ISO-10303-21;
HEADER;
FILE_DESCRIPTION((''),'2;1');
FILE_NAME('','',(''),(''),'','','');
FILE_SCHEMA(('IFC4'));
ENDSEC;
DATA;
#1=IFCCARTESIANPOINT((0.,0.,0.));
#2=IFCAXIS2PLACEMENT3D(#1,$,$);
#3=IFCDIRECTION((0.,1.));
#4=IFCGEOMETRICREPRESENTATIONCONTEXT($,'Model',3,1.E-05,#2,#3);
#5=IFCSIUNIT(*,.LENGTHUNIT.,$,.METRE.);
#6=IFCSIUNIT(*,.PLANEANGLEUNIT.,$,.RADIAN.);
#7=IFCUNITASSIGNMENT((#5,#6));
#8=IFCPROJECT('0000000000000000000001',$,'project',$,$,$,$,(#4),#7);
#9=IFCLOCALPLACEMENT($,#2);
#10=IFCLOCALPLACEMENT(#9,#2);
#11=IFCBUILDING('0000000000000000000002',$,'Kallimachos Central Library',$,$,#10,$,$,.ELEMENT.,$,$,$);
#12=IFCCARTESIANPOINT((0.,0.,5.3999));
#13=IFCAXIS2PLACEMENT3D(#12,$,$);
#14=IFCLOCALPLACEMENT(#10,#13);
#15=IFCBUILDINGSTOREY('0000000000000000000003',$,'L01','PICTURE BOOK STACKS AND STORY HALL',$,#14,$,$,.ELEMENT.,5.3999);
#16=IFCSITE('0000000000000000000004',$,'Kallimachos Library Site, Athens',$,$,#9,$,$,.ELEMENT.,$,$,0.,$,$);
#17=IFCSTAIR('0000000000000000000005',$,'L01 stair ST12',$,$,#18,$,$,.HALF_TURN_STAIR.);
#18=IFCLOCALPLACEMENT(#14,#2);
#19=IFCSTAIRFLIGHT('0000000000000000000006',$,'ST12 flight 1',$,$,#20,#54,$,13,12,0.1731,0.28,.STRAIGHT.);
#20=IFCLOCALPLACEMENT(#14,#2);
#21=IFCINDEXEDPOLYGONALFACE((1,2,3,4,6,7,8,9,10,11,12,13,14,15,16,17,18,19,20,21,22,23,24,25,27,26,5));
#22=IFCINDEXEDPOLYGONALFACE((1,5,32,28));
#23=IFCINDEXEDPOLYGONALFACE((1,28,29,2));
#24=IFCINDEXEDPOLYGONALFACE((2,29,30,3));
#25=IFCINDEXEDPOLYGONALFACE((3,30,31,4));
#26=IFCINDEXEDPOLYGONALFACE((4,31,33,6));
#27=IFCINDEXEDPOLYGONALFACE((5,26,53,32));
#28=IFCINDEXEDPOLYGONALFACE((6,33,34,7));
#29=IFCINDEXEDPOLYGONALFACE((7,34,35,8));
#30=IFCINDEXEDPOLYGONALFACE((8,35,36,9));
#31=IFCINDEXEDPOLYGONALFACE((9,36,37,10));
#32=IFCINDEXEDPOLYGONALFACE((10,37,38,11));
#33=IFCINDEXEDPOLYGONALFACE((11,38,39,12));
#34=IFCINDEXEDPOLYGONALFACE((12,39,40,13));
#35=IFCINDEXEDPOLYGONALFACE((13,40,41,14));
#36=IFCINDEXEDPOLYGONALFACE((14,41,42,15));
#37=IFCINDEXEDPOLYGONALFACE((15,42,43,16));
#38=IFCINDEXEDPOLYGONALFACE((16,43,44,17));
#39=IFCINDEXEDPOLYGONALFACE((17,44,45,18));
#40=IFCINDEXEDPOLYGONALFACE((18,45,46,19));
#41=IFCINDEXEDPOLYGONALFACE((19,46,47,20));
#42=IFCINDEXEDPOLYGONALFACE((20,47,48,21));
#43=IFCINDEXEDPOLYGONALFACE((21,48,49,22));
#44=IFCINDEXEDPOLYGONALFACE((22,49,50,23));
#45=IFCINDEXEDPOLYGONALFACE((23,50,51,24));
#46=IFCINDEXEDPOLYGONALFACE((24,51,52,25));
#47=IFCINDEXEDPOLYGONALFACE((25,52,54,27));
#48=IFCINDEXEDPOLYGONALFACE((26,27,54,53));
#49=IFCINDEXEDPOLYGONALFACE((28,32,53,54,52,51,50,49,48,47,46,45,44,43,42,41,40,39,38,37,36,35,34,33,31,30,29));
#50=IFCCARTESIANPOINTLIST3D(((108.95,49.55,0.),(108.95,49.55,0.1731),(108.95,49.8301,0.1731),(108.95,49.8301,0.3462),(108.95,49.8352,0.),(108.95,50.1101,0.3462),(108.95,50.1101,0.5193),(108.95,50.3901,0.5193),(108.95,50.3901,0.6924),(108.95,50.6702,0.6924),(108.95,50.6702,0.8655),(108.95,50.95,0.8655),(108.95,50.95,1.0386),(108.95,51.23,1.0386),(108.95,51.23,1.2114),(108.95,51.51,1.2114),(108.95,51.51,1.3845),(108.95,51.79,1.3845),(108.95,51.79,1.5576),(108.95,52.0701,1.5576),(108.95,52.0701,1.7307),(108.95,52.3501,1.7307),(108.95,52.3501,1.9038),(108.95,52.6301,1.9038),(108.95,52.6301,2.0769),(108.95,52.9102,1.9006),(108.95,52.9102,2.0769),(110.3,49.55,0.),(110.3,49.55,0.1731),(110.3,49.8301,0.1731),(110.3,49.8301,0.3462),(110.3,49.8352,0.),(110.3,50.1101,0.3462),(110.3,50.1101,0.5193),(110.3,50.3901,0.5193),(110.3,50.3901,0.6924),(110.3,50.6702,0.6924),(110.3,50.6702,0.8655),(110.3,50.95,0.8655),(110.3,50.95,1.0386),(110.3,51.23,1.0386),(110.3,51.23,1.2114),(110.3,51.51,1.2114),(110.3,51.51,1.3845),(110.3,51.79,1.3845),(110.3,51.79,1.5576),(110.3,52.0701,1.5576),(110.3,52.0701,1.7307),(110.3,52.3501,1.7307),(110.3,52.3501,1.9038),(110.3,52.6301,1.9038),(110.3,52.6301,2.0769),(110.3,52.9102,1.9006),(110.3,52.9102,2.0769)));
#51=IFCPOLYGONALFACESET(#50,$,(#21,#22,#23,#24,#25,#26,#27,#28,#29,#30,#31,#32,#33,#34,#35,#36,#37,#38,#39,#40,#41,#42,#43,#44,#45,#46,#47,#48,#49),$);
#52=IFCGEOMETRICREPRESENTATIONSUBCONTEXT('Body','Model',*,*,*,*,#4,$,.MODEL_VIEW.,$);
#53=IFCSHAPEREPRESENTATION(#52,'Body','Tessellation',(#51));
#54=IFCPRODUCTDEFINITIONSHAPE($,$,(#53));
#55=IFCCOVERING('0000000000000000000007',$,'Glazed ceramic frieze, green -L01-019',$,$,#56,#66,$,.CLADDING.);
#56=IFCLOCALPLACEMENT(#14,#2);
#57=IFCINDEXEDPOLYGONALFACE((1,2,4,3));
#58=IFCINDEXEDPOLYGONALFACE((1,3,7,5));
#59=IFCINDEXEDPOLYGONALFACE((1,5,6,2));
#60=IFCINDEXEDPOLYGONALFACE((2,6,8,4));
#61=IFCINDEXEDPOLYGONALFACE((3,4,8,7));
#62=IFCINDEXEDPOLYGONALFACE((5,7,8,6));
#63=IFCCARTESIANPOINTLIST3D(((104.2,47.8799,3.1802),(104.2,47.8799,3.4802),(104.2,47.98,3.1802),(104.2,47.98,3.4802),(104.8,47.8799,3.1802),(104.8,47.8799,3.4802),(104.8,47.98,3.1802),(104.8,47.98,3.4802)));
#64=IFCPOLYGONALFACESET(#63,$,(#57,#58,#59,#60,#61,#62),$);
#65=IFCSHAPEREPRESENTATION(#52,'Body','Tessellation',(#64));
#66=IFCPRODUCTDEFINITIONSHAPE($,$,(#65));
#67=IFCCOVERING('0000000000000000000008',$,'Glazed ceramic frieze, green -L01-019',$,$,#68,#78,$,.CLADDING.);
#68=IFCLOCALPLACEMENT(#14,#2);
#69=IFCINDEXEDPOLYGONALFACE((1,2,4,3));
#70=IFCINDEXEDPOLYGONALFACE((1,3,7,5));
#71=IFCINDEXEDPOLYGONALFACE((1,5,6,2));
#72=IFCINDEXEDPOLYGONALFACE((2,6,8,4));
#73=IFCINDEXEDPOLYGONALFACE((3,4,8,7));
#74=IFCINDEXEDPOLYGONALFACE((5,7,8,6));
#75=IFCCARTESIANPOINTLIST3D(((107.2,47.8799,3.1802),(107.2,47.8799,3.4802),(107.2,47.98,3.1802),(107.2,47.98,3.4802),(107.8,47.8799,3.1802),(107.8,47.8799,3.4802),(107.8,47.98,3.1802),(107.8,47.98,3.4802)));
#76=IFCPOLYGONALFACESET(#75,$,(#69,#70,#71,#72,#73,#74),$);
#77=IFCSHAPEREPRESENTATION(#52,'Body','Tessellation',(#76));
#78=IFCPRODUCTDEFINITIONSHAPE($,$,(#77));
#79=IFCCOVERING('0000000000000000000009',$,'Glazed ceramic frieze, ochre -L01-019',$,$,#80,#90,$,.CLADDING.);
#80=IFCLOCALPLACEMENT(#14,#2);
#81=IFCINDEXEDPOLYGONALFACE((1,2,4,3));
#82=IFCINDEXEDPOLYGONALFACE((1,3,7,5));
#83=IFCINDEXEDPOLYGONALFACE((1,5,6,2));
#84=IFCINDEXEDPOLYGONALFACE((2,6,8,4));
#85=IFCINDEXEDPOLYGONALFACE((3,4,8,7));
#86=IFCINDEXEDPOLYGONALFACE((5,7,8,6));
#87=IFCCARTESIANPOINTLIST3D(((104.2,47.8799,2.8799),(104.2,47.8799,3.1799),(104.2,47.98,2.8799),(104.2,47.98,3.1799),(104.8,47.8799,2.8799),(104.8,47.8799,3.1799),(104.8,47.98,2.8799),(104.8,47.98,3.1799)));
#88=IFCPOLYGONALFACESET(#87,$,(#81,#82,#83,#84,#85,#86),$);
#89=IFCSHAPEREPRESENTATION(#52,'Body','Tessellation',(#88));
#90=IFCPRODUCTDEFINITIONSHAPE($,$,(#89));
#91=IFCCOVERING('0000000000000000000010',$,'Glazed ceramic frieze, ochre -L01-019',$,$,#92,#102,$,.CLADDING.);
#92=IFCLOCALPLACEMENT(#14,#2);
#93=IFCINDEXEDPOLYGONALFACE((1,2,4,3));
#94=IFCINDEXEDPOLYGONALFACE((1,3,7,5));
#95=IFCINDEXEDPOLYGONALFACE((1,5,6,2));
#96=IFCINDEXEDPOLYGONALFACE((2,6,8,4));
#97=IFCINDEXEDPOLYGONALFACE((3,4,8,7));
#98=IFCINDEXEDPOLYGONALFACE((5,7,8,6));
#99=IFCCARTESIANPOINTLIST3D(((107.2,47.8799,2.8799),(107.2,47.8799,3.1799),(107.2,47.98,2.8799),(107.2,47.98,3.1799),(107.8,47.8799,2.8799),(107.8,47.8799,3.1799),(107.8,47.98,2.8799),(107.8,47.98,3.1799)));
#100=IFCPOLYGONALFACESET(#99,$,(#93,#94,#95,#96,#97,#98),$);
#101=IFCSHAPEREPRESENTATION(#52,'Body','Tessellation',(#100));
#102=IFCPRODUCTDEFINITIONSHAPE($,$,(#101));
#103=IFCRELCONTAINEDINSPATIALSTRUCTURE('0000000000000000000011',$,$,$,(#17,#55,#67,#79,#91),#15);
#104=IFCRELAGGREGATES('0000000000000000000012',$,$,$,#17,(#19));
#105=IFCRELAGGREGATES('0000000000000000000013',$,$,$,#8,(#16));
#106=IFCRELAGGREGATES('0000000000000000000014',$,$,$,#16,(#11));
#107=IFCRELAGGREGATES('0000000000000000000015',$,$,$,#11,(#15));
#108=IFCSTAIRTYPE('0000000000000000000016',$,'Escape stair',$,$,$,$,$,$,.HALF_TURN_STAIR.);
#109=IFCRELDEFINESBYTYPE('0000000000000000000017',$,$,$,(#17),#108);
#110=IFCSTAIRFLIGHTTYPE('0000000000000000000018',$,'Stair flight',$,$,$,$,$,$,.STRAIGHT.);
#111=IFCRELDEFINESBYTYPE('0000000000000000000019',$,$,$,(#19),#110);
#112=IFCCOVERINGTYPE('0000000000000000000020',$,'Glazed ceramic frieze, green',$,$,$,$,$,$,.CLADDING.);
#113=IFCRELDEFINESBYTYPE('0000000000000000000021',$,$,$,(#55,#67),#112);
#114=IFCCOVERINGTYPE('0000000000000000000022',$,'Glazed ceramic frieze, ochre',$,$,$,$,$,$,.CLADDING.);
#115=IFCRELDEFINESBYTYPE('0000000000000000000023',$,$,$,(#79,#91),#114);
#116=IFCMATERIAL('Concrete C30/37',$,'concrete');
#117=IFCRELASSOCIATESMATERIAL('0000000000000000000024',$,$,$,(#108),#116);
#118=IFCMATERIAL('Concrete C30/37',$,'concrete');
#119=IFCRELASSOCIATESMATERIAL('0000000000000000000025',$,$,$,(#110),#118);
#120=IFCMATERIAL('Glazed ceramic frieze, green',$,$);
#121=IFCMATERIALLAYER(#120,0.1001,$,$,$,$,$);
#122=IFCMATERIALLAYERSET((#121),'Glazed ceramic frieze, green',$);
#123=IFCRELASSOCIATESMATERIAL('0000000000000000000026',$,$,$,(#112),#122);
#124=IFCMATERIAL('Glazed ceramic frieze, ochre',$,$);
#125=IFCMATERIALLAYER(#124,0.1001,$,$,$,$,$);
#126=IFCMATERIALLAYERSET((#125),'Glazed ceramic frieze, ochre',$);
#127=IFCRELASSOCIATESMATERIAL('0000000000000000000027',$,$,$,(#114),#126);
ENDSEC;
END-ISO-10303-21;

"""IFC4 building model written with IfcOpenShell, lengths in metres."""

from ifc_helpers import new_model, si_unit, direction, frame, origin, origin_2d, place, context, subcontext, project, spatial, polyline, rectangle, outline, extrude, material, layer, layer_set, type_object, element, aggregate, save


model = new_model("IFC4")

# Units and contexts
model_context = context("Model", 3, precision=1e-05, world=origin(), true_north=direction((0.0, 1.0)))
body_context = subcontext(model_context, "Body", "Model", "MODEL_VIEW")
ifc_project = project(units=[si_unit("LENGTHUNIT", "METRE"), si_unit("PLANEANGLEUNIT", "RADIAN")], contexts=[model_context])

# Site, building, storey
site_placement = place(None, origin())
site = spatial("IfcSite", under=ifc_project, at=site_placement, Name="Kallimachos Library Site, Athens", CompositionType="ELEMENT", RefElevation=0.0)
building_placement = place(site_placement, origin())
building = spatial("IfcBuilding", under=site, at=building_placement, Name="Kallimachos Central Library", CompositionType="ELEMENT")
storey_placement = place(building_placement, frame((0.0, 0.0, 5.3999)))
storey = spatial("IfcBuildingStorey", under=building, at=storey_placement, Name="L01", Description="PICTURE BOOK STACKS AND STORY HALL", CompositionType="ELEMENT", Elevation=5.3999)

# Stair, stair flight
ifc_material_1 = material(Name="Concrete C30/37", Category="concrete")
stair_type = type_object("IfcStairType", Name="Escape stair", PredefinedType="HALF_TURN_STAIR", material=ifc_material_1)
stair_placement = place(storey_placement, origin())
stair = element("IfcStair", 1, at=stair_placement, inside=storey, type_object=stair_type, Name="L01 stair ST12", PredefinedType="HALF_TURN_STAIR")
ifc_material_2 = material(Name="Concrete C30/37", Category="concrete")
stair_flight_type = type_object("IfcStairFlightType", Name="Stair flight", PredefinedType="STRAIGHT", material=ifc_material_2)
stair_flight_placement = place(storey_placement, frame((109.625, 49.55, 0.0), z_axis=(0.0, 0.0, 1.0), x_axis=(0.0, 1.0, 0.0)))
stair_flight = element("IfcStairFlight", 2, at=stair_flight_placement, type_object=stair_flight_type, Name="ST12 flight 1", NumberOfRisers=13, NumberOfTreads=12, PredefinedType="STRAIGHT", RiserHeight=0.1731, TreadLength=0.28, context=body_context, shape_type="SweptSolid", body=[
    extrude(outline(polyline([(0.0, 0.0), (0.0, 0.1731), (0.28, 0.1731), (0.28, 0.3462), (0.5601, 0.3462), (0.5601, 0.5193), (0.8401, 0.5193), (0.8401, 0.6924), (1.1201, 0.6924), (1.1201, 0.8655), (1.3999, 0.8655), (1.3999, 1.0386), (1.6799, 1.0386), (1.6799, 1.2114), (1.96, 1.2114), (1.96, 1.3845), (2.24, 1.3845), (2.24, 1.5576), (2.52, 1.5576), (2.52, 1.7307), (2.8, 1.7307), (2.8, 1.9038), (3.0801, 1.9038), (3.0801, 2.0769), (3.3601, 2.0769), (3.3601, 2.25), (3.3601, 1.9006), (0.2852, 0.0), (0.0, 0.0)])), frame((0.0, 0.675, 0.0), z_axis=(0.0, -1.0, 0.0), x_axis=(1.0, 0.0, 0.0)), (0.0, 0.0, 1.0), 1.3501),
])
aggregate(stair, [stair_flight])

# Coverings
ifc_material_3 = material(Name="Glazed ceramic frieze, green")
ifc_layer_1 = layer(ifc_material_3, 0.1001)
ifc_layer_set_1 = layer_set([ifc_layer_1], Name="Glazed ceramic frieze, green")
covering_type_1 = type_object("IfcCoveringType", Name="Glazed ceramic frieze, green", PredefinedType="CLADDING", material=ifc_layer_set_1)
for number, where, z_axis, x_axis, name in (
    (3, (104.5, 47.9299, 3.1802), (0.0, 0.0, 1.0), (1.0, 0.0, 0.0), "Glazed ceramic frieze, green -L01-019"),
    (4, (107.5, 47.9299, 3.1802), (0.0, 0.0, 1.0), (1.0, 0.0, 0.0), "Glazed ceramic frieze, green -L01-019"),
):
    element("IfcCovering", number, at=place(storey_placement, frame(where, z_axis=z_axis, x_axis=x_axis)), inside=storey, type_object=covering_type_1, Name=name, PredefinedType="CLADDING", context=body_context, shape_type="SweptSolid", body=[
        extrude(rectangle(XDim=0.6001, YDim=0.1001, at=origin_2d()), origin(), (0.0, 0.0, 1.0), 0.3),
    ])
ifc_material_4 = material(Name="Glazed ceramic frieze, ochre")
ifc_layer_2 = layer(ifc_material_4, 0.1001)
ifc_layer_set_2 = layer_set([ifc_layer_2], Name="Glazed ceramic frieze, ochre")
covering_type_2 = type_object("IfcCoveringType", Name="Glazed ceramic frieze, ochre", PredefinedType="CLADDING", material=ifc_layer_set_2)
for number, where, z_axis, x_axis, name in (
    (5, (104.5, 47.9299, 2.8799), (0.0, 0.0, 1.0), (1.0, 0.0, 0.0), "Glazed ceramic frieze, ochre -L01-019"),
    (6, (107.5, 47.9299, 2.8799), (0.0, 0.0, 1.0), (1.0, 0.0, 0.0), "Glazed ceramic frieze, ochre -L01-019"),
):
    element("IfcCovering", number, at=place(storey_placement, frame(where, z_axis=z_axis, x_axis=x_axis)), inside=storey, type_object=covering_type_2, Name=name, PredefinedType="CLADDING", context=body_context, shape_type="SweptSolid", body=[
        extrude(rectangle(XDim=0.6001, YDim=0.1001, at=origin_2d()), origin(), (0.0, 0.0, 1.0), 0.3),
    ])

save(model, "model.ifc")
